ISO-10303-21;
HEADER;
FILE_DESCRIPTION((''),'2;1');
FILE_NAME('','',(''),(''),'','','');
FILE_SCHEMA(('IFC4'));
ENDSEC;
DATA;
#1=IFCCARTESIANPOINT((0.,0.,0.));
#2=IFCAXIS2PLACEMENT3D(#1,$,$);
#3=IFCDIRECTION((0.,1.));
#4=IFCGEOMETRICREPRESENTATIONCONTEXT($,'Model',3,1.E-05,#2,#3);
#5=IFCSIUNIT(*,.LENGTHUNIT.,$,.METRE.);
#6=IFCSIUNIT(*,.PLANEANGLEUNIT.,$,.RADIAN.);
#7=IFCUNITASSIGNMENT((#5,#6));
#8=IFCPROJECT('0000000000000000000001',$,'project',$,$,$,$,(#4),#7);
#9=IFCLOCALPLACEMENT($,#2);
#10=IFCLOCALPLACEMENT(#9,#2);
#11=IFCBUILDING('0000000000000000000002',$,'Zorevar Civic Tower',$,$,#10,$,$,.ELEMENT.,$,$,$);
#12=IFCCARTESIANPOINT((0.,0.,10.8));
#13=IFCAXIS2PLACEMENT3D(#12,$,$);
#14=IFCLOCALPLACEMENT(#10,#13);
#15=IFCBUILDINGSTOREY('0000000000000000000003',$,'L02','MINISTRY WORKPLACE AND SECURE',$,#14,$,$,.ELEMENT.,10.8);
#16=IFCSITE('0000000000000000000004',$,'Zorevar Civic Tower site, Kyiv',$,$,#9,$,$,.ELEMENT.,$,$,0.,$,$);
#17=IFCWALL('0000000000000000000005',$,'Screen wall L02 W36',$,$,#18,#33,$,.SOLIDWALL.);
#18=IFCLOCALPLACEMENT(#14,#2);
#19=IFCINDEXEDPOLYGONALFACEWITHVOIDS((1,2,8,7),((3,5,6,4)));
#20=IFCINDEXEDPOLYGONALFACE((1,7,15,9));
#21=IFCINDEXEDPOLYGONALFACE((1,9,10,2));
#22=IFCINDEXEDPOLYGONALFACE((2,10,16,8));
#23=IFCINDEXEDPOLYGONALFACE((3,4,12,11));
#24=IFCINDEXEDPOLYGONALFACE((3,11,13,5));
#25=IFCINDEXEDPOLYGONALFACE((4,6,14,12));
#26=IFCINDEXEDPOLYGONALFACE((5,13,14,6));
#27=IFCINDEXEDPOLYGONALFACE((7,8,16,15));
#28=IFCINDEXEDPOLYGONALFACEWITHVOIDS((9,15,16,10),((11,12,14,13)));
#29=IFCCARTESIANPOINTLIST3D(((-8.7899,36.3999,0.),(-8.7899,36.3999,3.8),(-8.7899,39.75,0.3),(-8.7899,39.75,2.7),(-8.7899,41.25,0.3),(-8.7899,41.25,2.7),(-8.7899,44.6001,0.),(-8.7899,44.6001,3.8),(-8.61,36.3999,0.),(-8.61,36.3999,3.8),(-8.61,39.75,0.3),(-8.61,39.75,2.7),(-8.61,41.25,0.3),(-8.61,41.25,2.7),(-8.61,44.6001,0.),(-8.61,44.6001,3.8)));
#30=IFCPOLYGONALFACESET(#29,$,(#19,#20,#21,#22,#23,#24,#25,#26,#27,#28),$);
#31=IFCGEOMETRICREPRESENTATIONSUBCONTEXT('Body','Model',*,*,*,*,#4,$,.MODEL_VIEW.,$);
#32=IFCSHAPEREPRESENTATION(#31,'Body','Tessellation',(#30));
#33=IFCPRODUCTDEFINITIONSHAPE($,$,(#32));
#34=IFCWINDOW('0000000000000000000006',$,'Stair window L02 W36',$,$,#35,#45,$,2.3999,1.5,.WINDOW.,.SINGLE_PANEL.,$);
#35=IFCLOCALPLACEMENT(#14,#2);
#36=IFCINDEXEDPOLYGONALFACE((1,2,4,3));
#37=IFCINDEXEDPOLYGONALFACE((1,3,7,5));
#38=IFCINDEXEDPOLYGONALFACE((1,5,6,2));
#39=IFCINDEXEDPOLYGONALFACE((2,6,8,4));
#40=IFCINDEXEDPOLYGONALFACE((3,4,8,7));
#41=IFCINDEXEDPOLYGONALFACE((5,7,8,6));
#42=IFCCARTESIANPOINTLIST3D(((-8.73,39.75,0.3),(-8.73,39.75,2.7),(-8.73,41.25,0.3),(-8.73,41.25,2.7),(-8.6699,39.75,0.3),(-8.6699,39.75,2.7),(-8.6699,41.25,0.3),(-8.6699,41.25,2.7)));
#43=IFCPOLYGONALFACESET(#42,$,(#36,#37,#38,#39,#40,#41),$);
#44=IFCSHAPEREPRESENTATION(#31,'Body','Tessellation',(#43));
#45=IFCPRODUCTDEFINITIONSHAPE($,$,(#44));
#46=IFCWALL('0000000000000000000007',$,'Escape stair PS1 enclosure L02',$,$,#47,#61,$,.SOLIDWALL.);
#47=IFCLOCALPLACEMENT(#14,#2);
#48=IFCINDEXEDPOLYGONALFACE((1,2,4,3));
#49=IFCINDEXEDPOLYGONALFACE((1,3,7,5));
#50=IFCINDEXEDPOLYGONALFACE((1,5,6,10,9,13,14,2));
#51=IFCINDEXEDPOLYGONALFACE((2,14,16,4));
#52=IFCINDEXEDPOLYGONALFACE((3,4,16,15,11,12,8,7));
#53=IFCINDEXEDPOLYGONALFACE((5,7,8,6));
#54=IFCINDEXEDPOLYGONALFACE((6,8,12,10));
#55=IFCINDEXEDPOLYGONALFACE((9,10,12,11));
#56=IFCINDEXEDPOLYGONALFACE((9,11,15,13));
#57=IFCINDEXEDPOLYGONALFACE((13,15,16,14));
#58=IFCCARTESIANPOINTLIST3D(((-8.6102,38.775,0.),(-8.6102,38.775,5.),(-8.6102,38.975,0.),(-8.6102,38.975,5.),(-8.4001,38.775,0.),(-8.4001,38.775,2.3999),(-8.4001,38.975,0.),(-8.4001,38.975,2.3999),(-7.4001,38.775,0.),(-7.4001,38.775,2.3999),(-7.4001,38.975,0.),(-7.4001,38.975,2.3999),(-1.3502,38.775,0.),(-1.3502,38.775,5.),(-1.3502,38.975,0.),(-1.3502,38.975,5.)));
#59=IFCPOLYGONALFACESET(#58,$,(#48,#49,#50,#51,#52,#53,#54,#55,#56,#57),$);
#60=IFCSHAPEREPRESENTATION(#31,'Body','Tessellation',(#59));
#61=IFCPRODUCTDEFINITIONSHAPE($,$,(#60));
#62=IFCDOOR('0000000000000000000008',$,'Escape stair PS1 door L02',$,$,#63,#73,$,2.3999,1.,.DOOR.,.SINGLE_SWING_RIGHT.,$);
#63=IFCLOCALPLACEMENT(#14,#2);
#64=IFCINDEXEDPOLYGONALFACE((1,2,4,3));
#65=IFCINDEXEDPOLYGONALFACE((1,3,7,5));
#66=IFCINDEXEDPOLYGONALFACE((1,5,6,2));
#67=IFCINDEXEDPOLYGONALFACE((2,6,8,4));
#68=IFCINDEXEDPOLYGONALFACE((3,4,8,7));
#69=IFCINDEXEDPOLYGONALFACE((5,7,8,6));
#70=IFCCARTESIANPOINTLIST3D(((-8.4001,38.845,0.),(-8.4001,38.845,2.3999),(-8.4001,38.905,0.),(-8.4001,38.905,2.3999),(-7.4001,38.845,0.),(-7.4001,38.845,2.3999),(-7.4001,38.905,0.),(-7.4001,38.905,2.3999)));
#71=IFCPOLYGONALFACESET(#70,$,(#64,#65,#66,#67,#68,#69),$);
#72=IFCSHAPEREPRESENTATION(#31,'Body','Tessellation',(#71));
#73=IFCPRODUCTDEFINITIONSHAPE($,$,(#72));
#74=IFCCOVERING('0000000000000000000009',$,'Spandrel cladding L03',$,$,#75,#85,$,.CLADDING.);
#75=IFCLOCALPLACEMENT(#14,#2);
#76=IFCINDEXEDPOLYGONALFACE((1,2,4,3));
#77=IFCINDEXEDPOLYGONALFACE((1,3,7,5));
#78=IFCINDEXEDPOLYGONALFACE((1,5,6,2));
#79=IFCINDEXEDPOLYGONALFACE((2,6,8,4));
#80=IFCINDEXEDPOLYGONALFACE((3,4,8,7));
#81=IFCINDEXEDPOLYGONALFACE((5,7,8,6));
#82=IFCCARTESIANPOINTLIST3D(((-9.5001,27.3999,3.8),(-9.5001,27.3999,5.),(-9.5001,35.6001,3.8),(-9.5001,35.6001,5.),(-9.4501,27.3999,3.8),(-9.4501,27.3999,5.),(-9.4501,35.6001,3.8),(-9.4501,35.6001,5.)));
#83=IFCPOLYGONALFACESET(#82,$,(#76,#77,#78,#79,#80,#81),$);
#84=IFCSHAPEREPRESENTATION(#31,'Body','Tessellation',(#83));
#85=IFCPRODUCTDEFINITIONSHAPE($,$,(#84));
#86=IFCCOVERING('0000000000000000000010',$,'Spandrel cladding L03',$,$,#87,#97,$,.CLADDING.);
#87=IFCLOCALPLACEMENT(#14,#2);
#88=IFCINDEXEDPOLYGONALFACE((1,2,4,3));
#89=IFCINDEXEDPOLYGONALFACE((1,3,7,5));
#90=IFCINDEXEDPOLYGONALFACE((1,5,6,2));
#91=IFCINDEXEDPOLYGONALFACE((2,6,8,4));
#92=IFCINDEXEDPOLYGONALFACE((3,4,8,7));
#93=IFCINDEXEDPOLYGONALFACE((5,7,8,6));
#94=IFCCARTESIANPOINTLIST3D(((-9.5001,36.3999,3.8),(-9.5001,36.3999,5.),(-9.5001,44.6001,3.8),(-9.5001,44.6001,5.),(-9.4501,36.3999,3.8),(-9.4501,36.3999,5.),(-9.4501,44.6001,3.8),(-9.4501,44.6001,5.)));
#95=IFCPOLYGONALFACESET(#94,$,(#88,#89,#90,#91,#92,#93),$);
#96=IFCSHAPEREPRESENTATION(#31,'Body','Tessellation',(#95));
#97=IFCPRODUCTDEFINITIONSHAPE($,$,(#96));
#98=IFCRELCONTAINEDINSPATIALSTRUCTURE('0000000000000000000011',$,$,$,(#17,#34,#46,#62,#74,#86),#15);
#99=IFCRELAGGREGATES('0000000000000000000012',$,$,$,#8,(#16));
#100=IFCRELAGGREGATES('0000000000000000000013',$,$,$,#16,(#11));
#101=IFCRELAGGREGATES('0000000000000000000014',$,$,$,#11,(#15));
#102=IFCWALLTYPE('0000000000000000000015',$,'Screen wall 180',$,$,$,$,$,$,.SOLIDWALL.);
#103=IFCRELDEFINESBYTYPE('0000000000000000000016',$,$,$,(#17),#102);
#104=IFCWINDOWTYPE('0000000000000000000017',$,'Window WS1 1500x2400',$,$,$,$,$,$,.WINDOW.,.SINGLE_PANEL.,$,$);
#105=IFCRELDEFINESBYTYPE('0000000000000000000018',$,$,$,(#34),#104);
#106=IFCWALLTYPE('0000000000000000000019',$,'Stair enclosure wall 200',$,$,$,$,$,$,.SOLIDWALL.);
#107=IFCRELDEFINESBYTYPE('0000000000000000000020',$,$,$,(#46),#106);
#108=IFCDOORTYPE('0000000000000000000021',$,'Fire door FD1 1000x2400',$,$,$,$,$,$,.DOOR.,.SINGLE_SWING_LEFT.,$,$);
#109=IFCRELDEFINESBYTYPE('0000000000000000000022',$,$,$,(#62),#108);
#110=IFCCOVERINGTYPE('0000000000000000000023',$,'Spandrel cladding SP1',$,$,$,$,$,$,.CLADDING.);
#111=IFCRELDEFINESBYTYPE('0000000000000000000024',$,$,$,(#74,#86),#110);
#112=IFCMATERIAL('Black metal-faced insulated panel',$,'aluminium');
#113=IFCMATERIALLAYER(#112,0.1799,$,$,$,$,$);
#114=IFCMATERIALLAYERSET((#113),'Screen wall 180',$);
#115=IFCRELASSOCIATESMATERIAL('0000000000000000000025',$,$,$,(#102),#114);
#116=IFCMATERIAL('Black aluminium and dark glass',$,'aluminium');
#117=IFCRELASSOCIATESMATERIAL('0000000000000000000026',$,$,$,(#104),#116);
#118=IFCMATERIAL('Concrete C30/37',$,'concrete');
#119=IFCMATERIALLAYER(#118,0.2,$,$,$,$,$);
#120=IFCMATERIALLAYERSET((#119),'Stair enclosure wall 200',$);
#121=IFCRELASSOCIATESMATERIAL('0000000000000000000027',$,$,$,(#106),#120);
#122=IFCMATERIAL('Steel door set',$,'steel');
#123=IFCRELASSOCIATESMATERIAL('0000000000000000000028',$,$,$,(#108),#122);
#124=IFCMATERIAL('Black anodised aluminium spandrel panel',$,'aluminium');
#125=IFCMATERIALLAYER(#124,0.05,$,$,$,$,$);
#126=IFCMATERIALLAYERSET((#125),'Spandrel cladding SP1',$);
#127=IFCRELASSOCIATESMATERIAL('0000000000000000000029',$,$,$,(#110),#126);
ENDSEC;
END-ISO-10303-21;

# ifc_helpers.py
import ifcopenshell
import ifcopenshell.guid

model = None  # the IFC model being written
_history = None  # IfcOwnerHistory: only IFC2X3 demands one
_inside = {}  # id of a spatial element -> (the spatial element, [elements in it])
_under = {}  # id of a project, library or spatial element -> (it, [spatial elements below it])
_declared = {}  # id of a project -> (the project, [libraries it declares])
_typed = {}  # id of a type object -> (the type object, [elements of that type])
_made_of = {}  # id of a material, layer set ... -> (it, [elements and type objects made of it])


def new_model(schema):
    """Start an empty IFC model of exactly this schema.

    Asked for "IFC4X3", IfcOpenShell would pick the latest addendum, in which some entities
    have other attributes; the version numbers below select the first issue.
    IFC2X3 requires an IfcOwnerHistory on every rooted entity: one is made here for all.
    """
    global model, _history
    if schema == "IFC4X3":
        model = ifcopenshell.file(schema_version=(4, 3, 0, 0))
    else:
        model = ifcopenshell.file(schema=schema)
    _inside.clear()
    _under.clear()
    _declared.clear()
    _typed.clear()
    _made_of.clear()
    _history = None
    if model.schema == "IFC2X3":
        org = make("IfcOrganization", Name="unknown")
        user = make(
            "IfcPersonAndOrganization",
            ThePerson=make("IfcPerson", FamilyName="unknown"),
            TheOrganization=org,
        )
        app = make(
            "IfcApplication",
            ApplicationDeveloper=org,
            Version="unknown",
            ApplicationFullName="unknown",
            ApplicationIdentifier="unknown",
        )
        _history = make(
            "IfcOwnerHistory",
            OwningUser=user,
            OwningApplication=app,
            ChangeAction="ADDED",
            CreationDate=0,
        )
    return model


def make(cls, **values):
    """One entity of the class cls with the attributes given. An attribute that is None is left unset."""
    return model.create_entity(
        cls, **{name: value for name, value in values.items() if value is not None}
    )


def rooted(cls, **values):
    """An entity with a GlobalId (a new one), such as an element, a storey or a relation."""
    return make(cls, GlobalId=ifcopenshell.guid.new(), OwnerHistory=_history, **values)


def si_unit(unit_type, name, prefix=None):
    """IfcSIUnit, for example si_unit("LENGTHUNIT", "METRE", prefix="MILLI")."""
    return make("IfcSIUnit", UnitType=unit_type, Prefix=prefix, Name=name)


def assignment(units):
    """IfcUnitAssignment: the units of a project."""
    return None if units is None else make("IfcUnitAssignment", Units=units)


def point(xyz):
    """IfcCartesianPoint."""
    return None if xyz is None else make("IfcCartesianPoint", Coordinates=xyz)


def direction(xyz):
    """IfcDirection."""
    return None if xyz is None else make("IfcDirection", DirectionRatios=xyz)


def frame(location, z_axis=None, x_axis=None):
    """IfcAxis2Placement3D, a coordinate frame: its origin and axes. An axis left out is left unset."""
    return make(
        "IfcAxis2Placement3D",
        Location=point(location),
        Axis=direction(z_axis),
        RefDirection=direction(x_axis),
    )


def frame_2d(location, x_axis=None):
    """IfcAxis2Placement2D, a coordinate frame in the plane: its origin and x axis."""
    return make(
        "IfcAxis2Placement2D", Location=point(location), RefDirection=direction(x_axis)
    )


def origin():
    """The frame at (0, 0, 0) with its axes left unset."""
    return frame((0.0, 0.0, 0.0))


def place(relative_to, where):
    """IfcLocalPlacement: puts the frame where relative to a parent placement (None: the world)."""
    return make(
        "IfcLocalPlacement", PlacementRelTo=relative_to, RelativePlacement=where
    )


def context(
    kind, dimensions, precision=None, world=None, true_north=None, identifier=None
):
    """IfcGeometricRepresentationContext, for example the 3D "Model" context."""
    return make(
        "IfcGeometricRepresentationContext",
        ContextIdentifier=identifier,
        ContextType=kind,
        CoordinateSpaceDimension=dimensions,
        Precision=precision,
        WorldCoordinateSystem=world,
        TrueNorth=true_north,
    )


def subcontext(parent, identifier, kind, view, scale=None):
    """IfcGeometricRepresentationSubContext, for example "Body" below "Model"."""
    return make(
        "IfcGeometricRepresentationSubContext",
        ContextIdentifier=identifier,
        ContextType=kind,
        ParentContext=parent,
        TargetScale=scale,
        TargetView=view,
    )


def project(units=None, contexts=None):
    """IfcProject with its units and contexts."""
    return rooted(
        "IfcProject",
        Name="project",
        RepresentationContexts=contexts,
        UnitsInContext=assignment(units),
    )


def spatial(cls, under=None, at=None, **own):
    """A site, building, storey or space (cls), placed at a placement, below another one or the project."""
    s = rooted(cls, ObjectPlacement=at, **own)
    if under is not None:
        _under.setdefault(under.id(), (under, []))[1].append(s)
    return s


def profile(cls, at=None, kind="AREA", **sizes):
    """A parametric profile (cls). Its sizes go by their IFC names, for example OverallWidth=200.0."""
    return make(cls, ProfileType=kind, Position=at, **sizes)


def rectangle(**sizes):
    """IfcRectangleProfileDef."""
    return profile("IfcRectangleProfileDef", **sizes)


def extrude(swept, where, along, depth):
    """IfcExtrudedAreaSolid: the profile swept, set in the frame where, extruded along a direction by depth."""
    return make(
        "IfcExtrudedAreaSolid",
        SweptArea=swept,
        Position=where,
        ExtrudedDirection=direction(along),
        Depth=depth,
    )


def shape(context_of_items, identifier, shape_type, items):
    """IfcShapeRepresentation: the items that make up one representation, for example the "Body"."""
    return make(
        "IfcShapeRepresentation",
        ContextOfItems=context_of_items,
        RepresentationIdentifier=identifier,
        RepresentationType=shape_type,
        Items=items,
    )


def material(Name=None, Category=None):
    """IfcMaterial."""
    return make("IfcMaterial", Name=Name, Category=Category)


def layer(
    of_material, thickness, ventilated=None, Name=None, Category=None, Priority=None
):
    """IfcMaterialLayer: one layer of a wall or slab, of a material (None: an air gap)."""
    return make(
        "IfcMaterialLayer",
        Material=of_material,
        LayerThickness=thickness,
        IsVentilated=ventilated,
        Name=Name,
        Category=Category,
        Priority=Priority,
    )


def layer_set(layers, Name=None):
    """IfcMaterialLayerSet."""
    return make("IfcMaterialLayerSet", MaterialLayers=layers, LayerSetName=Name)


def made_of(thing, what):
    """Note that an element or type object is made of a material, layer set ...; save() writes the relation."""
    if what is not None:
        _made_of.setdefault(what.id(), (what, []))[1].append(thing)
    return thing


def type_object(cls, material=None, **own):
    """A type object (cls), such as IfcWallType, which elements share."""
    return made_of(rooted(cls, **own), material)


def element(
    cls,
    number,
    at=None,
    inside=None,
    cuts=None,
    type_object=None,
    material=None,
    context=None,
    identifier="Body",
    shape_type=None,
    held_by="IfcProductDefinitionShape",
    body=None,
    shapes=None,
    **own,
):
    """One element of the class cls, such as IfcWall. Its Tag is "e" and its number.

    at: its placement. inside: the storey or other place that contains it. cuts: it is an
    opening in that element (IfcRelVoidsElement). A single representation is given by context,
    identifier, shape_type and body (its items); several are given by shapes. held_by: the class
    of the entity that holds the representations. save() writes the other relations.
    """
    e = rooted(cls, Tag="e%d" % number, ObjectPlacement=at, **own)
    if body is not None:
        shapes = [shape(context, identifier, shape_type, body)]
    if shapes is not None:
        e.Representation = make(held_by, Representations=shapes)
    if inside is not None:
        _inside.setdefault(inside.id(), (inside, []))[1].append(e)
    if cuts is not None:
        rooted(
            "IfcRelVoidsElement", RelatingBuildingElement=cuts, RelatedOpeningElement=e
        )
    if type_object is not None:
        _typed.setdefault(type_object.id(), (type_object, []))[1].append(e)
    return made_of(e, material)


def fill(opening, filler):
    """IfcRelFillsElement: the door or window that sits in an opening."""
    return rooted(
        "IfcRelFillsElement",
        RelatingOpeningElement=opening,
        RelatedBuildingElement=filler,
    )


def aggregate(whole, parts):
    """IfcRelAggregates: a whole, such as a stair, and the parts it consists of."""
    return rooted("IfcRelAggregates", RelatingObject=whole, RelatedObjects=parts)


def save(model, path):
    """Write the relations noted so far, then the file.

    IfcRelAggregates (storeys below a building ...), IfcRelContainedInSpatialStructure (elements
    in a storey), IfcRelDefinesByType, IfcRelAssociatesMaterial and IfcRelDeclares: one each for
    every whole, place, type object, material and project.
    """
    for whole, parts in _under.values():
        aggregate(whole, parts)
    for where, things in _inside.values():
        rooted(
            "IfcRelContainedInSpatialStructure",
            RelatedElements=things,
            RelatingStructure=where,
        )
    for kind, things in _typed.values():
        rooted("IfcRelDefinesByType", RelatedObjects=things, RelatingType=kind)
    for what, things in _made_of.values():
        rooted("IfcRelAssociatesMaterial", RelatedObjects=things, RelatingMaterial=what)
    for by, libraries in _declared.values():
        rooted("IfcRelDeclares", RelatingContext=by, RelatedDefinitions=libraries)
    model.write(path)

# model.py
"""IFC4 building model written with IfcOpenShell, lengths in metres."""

from ifc_helpers import new_model, si_unit, direction, frame, frame_2d, origin, place, context, subcontext, project, spatial, rectangle, extrude, material, layer, layer_set, type_object, element, fill, save


model = new_model("IFC4")

# Units and contexts
model_context = context("Model", 3, precision=1e-05, world=origin(), true_north=direction((0.0, 1.0)))
body_context = subcontext(model_context, "Body", "Model", "MODEL_VIEW")
ifc_project = project(units=[si_unit("LENGTHUNIT", "METRE"), si_unit("PLANEANGLEUNIT", "RADIAN")], contexts=[model_context])

# Site, building, storey
site_placement = place(None, origin())
site = spatial("IfcSite", under=ifc_project, at=site_placement, Name="Zorevar Civic Tower site, Kyiv", CompositionType="ELEMENT", RefElevation=0.0)
building_placement = place(site_placement, origin())
building = spatial("IfcBuilding", under=site, at=building_placement, Name="Zorevar Civic Tower", CompositionType="ELEMENT")
storey_placement = place(building_placement, frame((0.0, 0.0, 10.8)))
storey = spatial("IfcBuildingStorey", under=building, at=storey_placement, Name="L02", Description="MINISTRY WORKPLACE AND SECURE", CompositionType="ELEMENT", Elevation=10.8)

# Wall, opening, window
ifc_material_1 = material(Name="Black metal-faced insulated panel", Category="aluminium")
ifc_layer_1 = layer(ifc_material_1, 0.1799)
ifc_layer_set_1 = layer_set([ifc_layer_1], Name="Screen wall 180")
wall_type_1 = type_object("IfcWallType", Name="Screen wall 180", PredefinedType="SOLIDWALL", material=ifc_layer_set_1)
wall_1_placement = place(storey_placement, frame((-8.7, 36.3999, 0.0), z_axis=(0.0, 0.0, 1.0), x_axis=(0.0, 1.0, 0.0)))
wall_1 = element("IfcWall", 1, at=wall_1_placement, inside=storey, type_object=wall_type_1, Name="Screen wall L02 W36", PredefinedType="SOLIDWALL", context=body_context, shape_type="SweptSolid", body=[
    extrude(rectangle(XDim=8.2002, YDim=0.1799, at=frame_2d((4.1001, 0.0))), origin(), (0.0, 0.0, 1.0), 3.8),
])
opening_1_placement = place(wall_1_placement, frame((3.3501, 0.0, 0.3)))
opening_1 = element("IfcOpeningElement", 2, at=opening_1_placement, cuts=wall_1, PredefinedType="OPENING", context=body_context, shape_type="SweptSolid", body=[
    extrude(rectangle(XDim=1.5, YDim=2.3999, at=frame_2d((0.75, 1.2))), frame((0.0, 0.0999, 0.0), z_axis=(0.0, -1.0, 0.0), x_axis=(1.0, 0.0, 0.0)), (0.0, 0.0, 1.0), 0.2),
])
ifc_material_2 = material(Name="Black aluminium and dark glass", Category="aluminium")
window_type = type_object("IfcWindowType", Name="Window WS1 1500x2400", PartitioningType="SINGLE_PANEL", PredefinedType="WINDOW", material=ifc_material_2)
window_placement = place(opening_1_placement, origin())
window = element("IfcWindow", 3, at=window_placement, inside=storey, type_object=window_type, Name="Stair window L02 W36", OverallHeight=2.3999, OverallWidth=1.5, PartitioningType="SINGLE_PANEL", PredefinedType="WINDOW", context=body_context, shape_type="SweptSolid", body=[
    extrude(rectangle(XDim=1.5, YDim=2.3999, at=frame_2d((0.75, 1.2))), frame((0.0, 0.03, 0.0), z_axis=(0.0, -1.0, 0.0), x_axis=(1.0, 0.0, 0.0)), (0.0, 0.0, 1.0), 0.0601),
])
fill(opening_1, window)

# Wall, opening, door
ifc_material_3 = material(Name="Concrete C30/37", Category="concrete")
ifc_layer_2 = layer(ifc_material_3, 0.2)
ifc_layer_set_2 = layer_set([ifc_layer_2], Name="Stair enclosure wall 200")
wall_type_2 = type_object("IfcWallType", Name="Stair enclosure wall 200", PredefinedType="SOLIDWALL", material=ifc_layer_set_2)
wall_2_placement = place(storey_placement, frame((-8.6101, 38.875, 0.0), z_axis=(0.0, 0.0, 1.0), x_axis=(1.0, 0.0, 0.0)))
wall_2 = element("IfcWall", 4, at=wall_2_placement, inside=storey, type_object=wall_type_2, Name="Escape stair PS1 enclosure L02", PredefinedType="SOLIDWALL", context=body_context, shape_type="SweptSolid", body=[
    extrude(rectangle(XDim=7.26, YDim=0.2, at=frame_2d((3.6299, 0.0))), origin(), (0.0, 0.0, 1.0), 5.0),
])
opening_2_placement = place(wall_2_placement, frame((0.21, 0.0, 0.0)))
opening_2 = element("IfcOpeningElement", 5, at=opening_2_placement, cuts=wall_2, PredefinedType="OPENING", context=body_context, shape_type="SweptSolid", body=[
    extrude(rectangle(XDim=1.0, YDim=2.3999, at=frame_2d((0.5, 1.2))), frame((0.0, 0.1099, 0.0), z_axis=(0.0, -1.0, 0.0), x_axis=(1.0, 0.0, 0.0)), (0.0, 0.0, 1.0), 0.22),
])
ifc_material_4 = material(Name="Steel door set", Category="steel")
door_type = type_object("IfcDoorType", Name="Fire door FD1 1000x2400", OperationType="SINGLE_SWING_LEFT", PredefinedType="DOOR", material=ifc_material_4)
door_placement = place(opening_2_placement, origin())
door = element("IfcDoor", 6, at=door_placement, inside=storey, type_object=door_type, Name="Escape stair PS1 door L02", OperationType="SINGLE_SWING_RIGHT", OverallHeight=2.3999, OverallWidth=1.0, PredefinedType="DOOR", context=body_context, shape_type="SweptSolid", body=[
    extrude(rectangle(XDim=1.0, YDim=2.3999, at=frame_2d((0.5, 1.2))), frame((0.0, 0.03, 0.0), z_axis=(0.0, -1.0, 0.0), x_axis=(1.0, 0.0, 0.0)), (0.0, 0.0, 1.0), 0.0601),
])
fill(opening_2, door)

# Coverings
ifc_material_5 = material(Name="Black anodised aluminium spandrel panel", Category="aluminium")
ifc_layer_3 = layer(ifc_material_5, 0.05)
ifc_layer_set_3 = layer_set([ifc_layer_3], Name="Spandrel cladding SP1")
covering_type = type_object("IfcCoveringType", Name="Spandrel cladding SP1", PredefinedType="CLADDING", material=ifc_layer_set_3)
for number, where, z_axis, x_axis, name in (
    (7, (-9.4751, 27.3999, 3.8), (0.0, 0.0, 1.0), (0.0, 1.0, 0.0), "Spandrel cladding L03"),
    (8, (-9.4751, 36.3999, 3.8), (0.0, 0.0, 1.0), (0.0, 1.0, 0.0), "Spandrel cladding L03"),
):
    element("IfcCovering", number, at=place(storey_placement, frame(where, z_axis=z_axis, x_axis=x_axis)), inside=storey, type_object=covering_type, Name=name, PredefinedType="CLADDING", context=body_context, shape_type="SweptSolid", body=[
        extrude(rectangle(XDim=8.2002, YDim=0.05, at=frame_2d((4.1001, 0.0))), origin(), (0.0, 0.0, 1.0), 1.2),
    ])

save(model, "model.ifc")
